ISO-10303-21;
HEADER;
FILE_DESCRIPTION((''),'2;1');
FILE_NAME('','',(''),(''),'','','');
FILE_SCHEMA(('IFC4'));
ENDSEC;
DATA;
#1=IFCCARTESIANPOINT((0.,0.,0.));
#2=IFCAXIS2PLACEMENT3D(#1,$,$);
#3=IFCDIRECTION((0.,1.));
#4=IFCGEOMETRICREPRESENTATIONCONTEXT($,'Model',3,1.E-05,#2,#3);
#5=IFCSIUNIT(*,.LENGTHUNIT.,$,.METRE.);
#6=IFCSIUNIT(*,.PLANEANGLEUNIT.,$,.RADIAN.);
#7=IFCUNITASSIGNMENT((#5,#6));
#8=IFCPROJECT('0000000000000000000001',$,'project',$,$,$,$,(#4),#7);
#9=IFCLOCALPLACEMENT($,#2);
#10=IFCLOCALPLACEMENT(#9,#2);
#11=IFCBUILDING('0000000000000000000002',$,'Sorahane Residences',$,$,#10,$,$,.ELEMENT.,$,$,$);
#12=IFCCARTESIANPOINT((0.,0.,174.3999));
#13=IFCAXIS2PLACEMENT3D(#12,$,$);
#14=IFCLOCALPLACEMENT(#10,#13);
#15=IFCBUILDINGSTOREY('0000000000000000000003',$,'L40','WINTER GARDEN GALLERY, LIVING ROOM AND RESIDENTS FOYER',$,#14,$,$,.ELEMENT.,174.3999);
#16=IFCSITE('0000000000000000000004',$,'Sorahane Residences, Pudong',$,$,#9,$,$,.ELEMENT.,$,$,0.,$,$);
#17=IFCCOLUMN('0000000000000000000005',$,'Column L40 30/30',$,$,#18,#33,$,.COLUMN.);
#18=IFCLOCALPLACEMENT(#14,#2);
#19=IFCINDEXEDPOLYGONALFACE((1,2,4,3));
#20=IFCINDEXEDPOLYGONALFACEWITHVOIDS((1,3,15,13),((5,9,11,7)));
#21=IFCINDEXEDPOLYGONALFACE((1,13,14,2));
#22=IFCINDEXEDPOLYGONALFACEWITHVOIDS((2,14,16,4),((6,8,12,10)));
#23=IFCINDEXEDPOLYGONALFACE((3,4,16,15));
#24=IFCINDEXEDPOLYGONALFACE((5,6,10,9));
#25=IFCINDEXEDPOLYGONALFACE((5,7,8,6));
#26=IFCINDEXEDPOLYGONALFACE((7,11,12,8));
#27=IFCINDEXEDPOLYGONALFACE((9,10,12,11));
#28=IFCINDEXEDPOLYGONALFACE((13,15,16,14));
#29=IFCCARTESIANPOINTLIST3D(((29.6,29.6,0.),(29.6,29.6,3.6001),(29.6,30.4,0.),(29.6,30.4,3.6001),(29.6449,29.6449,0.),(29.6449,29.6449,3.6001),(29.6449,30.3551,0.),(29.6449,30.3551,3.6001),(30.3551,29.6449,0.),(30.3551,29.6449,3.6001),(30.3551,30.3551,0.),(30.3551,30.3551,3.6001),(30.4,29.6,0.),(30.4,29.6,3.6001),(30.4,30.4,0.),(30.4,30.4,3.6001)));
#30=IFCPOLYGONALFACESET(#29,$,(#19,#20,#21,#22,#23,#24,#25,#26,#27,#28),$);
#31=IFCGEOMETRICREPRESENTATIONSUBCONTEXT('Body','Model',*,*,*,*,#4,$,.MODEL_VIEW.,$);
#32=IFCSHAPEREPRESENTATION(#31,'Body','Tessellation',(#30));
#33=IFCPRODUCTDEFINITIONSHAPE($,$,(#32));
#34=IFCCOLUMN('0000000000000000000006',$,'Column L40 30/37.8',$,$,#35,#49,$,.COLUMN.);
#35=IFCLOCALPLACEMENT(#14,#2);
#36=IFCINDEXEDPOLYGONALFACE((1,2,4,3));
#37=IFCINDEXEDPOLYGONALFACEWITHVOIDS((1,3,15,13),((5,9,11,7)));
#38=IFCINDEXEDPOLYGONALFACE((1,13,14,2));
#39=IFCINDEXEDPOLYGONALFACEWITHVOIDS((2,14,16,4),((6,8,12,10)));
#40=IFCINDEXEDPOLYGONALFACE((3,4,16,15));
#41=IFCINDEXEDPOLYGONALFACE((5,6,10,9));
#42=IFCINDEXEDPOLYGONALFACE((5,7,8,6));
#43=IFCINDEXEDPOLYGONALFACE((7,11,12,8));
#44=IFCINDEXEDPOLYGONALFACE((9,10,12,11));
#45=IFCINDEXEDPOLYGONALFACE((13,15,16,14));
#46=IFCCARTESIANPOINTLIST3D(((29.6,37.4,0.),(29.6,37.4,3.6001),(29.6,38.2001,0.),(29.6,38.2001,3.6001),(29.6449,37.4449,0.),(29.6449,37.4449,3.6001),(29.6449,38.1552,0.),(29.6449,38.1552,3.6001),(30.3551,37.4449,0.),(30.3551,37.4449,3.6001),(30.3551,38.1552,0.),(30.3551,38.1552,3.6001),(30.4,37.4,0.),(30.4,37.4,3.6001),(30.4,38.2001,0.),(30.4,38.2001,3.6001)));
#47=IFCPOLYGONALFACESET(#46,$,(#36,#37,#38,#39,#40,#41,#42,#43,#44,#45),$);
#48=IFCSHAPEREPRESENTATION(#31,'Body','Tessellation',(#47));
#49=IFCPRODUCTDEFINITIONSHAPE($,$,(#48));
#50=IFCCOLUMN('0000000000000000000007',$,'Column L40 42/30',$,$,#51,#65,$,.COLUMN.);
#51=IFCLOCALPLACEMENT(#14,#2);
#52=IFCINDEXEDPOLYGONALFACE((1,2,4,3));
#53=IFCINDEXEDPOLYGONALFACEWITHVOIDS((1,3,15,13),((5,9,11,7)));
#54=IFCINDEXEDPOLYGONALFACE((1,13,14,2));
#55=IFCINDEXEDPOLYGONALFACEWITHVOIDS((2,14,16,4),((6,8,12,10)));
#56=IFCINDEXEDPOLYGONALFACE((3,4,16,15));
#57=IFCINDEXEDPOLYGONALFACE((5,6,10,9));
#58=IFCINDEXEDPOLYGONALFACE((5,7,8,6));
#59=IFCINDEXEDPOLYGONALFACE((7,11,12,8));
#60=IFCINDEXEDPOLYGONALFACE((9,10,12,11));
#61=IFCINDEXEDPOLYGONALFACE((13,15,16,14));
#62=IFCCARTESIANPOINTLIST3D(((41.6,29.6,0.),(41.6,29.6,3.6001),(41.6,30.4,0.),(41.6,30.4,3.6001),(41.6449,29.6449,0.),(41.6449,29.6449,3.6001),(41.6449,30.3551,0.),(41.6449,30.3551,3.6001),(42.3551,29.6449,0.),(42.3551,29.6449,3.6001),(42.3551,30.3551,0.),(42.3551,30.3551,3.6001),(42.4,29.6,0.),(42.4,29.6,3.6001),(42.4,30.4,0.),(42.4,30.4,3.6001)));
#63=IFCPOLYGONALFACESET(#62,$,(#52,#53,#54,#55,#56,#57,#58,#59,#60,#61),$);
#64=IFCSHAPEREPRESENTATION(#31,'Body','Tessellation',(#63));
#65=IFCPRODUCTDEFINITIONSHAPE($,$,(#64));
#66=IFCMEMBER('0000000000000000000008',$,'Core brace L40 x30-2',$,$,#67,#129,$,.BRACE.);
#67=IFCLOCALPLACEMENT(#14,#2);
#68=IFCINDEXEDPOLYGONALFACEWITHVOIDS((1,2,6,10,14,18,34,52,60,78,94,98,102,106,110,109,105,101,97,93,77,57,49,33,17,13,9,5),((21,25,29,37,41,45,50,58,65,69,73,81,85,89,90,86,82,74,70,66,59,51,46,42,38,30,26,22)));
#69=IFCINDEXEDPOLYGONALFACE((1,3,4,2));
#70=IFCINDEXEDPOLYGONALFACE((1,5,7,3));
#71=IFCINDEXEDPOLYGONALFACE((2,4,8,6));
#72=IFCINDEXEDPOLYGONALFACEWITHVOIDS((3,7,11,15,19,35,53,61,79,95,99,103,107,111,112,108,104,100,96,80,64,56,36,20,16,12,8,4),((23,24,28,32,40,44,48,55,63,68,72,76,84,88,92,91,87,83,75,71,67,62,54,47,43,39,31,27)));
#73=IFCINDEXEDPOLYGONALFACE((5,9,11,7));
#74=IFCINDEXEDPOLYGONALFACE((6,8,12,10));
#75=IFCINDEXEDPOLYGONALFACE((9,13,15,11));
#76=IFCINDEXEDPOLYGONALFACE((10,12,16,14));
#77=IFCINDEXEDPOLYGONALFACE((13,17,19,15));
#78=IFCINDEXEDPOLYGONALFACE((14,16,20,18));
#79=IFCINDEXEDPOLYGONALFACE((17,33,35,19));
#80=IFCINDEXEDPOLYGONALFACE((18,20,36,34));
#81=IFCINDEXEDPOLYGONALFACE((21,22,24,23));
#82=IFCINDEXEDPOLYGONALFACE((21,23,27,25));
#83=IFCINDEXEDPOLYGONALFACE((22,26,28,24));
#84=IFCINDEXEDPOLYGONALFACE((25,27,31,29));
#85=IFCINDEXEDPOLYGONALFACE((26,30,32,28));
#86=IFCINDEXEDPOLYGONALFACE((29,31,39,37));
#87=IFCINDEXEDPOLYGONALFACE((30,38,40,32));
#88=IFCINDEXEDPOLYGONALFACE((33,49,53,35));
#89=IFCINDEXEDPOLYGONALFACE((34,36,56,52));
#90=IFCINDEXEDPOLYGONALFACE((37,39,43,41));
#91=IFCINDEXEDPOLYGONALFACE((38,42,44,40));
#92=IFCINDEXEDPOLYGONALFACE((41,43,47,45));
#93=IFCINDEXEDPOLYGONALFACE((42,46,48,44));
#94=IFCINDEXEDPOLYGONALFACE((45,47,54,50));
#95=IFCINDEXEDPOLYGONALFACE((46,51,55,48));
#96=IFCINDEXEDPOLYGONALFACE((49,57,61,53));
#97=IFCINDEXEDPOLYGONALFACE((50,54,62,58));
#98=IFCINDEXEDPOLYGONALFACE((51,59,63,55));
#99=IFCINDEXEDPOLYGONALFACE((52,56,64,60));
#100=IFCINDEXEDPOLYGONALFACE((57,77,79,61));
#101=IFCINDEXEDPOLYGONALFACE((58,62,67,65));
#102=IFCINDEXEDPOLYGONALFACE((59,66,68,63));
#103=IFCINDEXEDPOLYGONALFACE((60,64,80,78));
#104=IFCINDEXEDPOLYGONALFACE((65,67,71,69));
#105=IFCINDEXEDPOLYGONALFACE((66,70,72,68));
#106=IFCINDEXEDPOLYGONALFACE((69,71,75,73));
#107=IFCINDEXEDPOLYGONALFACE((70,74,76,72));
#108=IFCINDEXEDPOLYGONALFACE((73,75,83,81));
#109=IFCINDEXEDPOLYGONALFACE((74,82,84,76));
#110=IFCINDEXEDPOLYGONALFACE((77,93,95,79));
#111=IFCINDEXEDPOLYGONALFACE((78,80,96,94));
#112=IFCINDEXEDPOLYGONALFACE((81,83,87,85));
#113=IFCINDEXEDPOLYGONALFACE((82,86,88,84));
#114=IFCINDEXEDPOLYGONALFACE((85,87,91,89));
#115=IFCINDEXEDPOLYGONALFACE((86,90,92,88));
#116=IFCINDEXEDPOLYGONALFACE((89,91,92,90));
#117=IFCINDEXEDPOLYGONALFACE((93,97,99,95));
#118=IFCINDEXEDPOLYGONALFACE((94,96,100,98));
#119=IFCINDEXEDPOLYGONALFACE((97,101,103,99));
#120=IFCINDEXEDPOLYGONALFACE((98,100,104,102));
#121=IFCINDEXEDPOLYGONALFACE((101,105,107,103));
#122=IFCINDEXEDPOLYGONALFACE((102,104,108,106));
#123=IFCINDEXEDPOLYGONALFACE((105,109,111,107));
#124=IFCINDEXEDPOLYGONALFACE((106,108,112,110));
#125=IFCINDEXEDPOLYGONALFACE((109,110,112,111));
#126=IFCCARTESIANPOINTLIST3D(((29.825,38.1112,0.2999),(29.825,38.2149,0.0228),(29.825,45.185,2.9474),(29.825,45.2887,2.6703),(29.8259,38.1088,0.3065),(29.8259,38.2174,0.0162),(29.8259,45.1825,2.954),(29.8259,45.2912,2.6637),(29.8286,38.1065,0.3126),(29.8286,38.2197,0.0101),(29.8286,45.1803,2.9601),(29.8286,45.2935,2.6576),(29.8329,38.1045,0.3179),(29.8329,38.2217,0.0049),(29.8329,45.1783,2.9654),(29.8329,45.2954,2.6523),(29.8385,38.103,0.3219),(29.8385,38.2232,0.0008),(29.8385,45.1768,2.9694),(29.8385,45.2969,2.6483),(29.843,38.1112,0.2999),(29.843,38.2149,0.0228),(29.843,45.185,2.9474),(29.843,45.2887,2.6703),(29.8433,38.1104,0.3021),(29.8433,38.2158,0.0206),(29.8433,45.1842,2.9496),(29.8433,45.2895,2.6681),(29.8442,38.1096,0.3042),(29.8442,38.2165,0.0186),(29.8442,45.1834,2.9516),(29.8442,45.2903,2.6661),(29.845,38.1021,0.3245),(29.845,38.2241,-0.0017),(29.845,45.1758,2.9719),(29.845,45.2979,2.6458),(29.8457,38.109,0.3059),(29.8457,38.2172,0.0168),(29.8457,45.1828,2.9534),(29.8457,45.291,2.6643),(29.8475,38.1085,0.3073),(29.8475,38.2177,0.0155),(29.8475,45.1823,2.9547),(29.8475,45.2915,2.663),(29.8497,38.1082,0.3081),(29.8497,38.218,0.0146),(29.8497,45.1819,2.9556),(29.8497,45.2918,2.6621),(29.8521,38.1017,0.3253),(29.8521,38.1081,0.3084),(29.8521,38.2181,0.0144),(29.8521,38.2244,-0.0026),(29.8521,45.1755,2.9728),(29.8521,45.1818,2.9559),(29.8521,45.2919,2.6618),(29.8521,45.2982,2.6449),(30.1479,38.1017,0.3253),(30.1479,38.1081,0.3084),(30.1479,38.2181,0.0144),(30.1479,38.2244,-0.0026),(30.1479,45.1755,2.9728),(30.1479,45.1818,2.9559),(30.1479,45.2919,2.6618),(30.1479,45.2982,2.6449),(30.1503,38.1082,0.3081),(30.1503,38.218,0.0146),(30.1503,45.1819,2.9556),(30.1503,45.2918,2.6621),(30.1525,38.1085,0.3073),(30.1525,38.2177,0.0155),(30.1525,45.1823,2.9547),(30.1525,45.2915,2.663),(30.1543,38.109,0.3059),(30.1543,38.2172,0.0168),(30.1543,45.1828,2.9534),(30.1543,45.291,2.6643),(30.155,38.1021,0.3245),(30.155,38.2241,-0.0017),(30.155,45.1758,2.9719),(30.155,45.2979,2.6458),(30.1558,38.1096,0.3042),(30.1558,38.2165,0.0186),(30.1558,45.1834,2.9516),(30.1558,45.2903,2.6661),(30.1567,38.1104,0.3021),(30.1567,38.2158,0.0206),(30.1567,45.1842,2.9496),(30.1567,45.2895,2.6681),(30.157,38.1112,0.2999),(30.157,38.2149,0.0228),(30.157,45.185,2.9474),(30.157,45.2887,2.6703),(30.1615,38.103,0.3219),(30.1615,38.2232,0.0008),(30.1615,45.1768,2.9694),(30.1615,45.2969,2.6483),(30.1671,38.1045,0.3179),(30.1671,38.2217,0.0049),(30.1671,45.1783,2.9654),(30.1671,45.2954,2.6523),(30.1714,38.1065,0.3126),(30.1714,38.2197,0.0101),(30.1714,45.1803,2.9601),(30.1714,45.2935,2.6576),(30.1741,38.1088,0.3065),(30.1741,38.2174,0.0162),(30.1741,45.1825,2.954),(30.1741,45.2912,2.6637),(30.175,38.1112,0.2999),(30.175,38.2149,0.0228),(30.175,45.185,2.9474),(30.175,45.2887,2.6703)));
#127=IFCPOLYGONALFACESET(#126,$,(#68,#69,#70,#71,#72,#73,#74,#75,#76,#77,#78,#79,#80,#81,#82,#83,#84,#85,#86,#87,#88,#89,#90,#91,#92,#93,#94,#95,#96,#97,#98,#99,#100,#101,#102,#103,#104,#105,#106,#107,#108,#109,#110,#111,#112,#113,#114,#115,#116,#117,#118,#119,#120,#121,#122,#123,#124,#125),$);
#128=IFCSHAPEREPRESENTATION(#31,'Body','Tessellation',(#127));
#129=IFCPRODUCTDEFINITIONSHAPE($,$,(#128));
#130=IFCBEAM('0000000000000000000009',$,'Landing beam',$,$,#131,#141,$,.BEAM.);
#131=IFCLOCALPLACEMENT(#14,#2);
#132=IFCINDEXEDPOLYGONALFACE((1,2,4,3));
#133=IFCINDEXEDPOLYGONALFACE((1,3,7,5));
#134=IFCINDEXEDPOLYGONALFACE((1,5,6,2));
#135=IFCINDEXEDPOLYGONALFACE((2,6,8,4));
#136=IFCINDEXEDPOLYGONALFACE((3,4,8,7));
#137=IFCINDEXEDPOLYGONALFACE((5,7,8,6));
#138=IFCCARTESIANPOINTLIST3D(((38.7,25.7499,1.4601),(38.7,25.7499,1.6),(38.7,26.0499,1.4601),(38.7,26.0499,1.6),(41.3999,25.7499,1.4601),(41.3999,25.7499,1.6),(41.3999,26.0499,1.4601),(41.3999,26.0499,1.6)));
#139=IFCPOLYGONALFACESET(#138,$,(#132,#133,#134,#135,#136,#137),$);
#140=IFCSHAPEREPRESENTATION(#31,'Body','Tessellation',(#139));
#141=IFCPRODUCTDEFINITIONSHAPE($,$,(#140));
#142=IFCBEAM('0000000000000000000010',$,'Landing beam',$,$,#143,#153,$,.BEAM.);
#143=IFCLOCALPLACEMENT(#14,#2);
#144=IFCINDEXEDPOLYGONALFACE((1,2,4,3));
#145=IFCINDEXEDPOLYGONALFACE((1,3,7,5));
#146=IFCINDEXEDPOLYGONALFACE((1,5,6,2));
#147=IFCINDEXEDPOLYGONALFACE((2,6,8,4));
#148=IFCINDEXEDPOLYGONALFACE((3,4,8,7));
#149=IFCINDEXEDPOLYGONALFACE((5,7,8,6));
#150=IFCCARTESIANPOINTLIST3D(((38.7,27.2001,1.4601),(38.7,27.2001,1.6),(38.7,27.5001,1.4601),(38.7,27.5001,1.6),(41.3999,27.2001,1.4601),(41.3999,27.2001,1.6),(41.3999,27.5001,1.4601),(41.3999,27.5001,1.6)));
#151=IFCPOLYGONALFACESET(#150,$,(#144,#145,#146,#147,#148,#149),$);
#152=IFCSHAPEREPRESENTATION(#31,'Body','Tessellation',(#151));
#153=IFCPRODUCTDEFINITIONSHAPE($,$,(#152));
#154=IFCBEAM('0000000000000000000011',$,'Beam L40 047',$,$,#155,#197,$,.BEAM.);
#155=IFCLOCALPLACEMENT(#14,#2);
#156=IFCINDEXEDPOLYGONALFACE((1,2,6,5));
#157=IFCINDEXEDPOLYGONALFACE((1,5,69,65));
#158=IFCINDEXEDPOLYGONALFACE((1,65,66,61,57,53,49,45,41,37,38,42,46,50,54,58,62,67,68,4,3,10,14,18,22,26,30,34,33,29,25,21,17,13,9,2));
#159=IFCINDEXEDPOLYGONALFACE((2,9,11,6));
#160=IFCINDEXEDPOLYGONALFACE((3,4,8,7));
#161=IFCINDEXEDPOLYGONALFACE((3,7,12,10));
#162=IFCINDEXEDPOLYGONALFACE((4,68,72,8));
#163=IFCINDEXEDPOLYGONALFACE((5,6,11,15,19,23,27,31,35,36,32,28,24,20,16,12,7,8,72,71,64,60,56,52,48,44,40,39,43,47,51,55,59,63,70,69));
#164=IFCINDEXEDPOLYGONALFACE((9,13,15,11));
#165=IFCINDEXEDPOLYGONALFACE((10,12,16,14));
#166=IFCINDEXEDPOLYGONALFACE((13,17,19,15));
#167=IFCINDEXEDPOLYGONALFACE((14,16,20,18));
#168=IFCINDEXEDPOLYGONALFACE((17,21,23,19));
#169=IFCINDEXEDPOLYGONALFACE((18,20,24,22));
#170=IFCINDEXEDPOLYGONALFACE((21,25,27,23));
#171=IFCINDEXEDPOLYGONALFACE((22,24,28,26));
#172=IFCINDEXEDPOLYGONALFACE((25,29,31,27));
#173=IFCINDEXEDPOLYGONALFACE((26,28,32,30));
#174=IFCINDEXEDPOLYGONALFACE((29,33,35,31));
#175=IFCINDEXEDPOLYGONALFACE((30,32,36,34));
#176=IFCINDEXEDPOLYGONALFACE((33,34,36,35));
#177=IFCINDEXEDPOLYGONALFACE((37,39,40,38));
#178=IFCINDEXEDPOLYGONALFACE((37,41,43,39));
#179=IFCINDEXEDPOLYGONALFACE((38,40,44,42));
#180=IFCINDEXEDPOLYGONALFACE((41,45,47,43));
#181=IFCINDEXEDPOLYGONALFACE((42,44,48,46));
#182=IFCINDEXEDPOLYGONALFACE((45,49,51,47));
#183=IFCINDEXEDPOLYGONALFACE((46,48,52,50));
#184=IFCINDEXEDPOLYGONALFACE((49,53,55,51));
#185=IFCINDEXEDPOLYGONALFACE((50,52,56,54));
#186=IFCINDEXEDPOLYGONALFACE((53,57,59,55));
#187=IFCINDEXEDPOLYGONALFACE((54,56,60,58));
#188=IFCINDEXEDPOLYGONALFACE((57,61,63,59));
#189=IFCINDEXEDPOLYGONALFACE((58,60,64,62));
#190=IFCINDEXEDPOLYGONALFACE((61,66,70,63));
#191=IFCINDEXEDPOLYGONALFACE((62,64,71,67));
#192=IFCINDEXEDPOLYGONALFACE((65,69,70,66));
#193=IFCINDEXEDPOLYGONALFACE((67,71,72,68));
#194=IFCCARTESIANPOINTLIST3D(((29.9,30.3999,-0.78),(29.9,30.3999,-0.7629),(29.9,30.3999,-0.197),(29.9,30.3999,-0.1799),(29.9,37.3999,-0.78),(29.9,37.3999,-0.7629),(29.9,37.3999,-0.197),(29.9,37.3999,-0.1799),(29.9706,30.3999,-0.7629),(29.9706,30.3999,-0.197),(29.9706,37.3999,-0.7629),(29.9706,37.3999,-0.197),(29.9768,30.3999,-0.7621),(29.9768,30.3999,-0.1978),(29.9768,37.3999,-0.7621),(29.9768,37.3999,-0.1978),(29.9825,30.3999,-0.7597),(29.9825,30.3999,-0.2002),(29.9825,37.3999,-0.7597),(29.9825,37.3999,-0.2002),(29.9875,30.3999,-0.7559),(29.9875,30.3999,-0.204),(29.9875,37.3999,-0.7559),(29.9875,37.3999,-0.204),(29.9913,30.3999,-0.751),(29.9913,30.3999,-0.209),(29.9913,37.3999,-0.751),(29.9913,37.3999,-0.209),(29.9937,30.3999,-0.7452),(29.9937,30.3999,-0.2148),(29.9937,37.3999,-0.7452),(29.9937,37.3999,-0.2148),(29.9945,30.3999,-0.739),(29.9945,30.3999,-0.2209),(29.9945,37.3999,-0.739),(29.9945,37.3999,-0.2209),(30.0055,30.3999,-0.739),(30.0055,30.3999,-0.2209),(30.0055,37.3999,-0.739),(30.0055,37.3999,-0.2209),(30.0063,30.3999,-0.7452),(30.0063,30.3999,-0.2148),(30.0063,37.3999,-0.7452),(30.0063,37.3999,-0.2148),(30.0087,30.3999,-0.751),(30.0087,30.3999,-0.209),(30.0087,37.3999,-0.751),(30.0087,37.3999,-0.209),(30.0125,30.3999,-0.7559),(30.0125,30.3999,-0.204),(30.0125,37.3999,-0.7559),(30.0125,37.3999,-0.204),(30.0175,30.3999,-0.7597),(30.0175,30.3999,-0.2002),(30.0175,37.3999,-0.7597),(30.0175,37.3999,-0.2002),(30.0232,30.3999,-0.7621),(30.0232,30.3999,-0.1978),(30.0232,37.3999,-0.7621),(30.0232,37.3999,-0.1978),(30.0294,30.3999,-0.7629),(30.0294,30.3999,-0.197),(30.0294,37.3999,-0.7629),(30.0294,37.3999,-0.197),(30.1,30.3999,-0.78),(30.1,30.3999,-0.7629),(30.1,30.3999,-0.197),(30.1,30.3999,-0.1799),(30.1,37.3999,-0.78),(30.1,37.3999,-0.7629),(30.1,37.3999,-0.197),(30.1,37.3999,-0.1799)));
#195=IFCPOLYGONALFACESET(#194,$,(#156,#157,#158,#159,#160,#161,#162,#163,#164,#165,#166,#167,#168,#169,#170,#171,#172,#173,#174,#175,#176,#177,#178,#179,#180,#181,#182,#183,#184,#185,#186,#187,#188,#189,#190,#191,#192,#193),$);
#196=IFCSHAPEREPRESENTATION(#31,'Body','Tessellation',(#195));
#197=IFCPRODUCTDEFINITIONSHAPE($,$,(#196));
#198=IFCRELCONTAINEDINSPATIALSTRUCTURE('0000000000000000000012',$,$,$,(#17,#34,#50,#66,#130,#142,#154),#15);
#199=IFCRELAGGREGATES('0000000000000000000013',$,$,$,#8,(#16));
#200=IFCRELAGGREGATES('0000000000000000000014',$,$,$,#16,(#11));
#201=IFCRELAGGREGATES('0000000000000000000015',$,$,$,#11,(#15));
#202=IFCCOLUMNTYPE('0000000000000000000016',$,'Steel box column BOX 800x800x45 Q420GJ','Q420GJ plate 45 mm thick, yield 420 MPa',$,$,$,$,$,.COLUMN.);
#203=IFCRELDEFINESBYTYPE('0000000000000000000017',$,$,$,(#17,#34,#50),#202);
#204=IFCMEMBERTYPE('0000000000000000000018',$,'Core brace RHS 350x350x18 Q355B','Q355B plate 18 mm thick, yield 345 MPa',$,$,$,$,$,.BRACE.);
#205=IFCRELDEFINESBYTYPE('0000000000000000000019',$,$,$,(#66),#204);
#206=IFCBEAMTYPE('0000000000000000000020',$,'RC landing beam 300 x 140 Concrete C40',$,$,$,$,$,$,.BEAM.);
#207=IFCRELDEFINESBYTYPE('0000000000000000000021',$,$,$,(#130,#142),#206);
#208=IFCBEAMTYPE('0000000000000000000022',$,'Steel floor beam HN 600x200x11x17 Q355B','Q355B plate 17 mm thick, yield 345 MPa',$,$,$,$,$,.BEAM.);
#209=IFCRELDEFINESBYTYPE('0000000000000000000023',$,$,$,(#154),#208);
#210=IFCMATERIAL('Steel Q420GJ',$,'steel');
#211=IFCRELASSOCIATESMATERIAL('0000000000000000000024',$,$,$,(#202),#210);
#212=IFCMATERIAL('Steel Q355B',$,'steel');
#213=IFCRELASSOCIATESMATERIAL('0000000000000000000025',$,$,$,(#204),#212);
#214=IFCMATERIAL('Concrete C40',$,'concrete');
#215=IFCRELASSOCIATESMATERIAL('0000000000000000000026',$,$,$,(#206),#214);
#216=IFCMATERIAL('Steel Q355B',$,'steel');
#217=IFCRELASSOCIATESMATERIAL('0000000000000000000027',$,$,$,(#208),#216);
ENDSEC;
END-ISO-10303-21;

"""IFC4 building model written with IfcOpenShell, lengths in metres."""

from ifc_helpers import new_model, si_unit, direction, frame, origin, origin_2d, place, context, subcontext, project, spatial, rectangle, hollow_rectangle, i_section, extrude, material, material_profile, profile_set, type_object, element, save


model = new_model("IFC4")

# Units and contexts
model_context = context("Model", 3, precision=1e-05, world=origin(), true_north=direction((0.0, 1.0)))
body_context = subcontext(model_context, "Body", "Model", "MODEL_VIEW")
ifc_project = project(units=[si_unit("LENGTHUNIT", "METRE"), si_unit("PLANEANGLEUNIT", "RADIAN")], contexts=[model_context])

# Site, building, storey
site_placement = place(None, origin())
site = spatial("IfcSite", under=ifc_project, at=site_placement, Name="Sorahane Residences, Pudong", CompositionType="ELEMENT", RefElevation=0.0)
building_placement = place(site_placement, origin())
building = spatial("IfcBuilding", under=site, at=building_placement, Name="Sorahane Residences", CompositionType="ELEMENT")
storey_placement = place(building_placement, frame((0.0, 0.0, 174.3999)))
storey = spatial("IfcBuildingStorey", under=building, at=storey_placement, Name="L40", Description="WINTER GARDEN GALLERY, LIVING ROOM AND RESIDENTS FOYER", CompositionType="ELEMENT", Elevation=174.3999)

# Columns
ifc_material_1 = material(Name="Steel Q420GJ", Category="steel")
ifc_material_profile_1 = material_profile(ifc_material_1, hollow_rectangle(XDim=0.8, YDim=0.8, WallThickness=0.0449, at=origin_2d()), Name="BOX 800x800x45")
ifc_profile_set_1 = profile_set([ifc_material_profile_1], Name="Steel Q420GJ")
column_type = type_object("IfcColumnType", Name="Steel box column BOX 800x800x45 Q420GJ", Description="Q420GJ plate 45 mm thick, yield 420 MPa", PredefinedType="COLUMN", material=ifc_profile_set_1)
for number, where, z_axis, x_axis, name in (
    (1, (30.0, 30.0, 0.0), (0.0, 0.0, 1.0), (1.0, 0.0, 0.0), "Column L40 30/30"),
    (2, (30.0, 37.8, 0.0), (0.0, 0.0, 1.0), (1.0, 0.0, 0.0), "Column L40 30/37.8"),
    (3, (42.0, 30.0, 0.0), (0.0, 0.0, 1.0), (1.0, 0.0, 0.0), "Column L40 42/30"),
):
    element("IfcColumn", number, at=place(storey_placement, frame(where, z_axis=z_axis, x_axis=x_axis)), inside=storey, type_object=column_type, Name=name, PredefinedType="COLUMN", context=body_context, shape_type="SweptSolid", body=[
        extrude(hollow_rectangle(XDim=0.8, YDim=0.8, WallThickness=0.0449, at=origin_2d()), origin(), (0.0, 0.0, 1.0), 3.6001),
    ])

# Member
ifc_material_2 = material(Name="Steel Q355B", Category="steel")
ifc_material_profile_2 = material_profile(ifc_material_2, hollow_rectangle(XDim=0.3501, YDim=0.3501, WallThickness=0.0181, InnerFilletRadius=0.009, OuterFilletRadius=0.0271, at=origin_2d()), Name="RHS 350x350x18")
ifc_profile_set_2 = profile_set([ifc_material_profile_2], Name="Steel Q355B")
member_type = type_object("IfcMemberType", Name="Core brace RHS 350x350x18 Q355B", Description="Q355B plate 18 mm thick, yield 345 MPa", PredefinedType="BRACE", material=ifc_profile_set_2)
member_placement = place(storey_placement, frame((30.0, 38.1631, 0.1614), z_axis=(0.0, 0.936555, 0.350521), x_axis=(-1.0, 0.0, 0.0)))
element("IfcMember", 4, at=member_placement, inside=storey, type_object=member_type, Name="Core brace L40 x30-2", PredefinedType="BRACE", context=body_context, shape_type="SweptSolid", body=[
    extrude(hollow_rectangle(XDim=0.3501, YDim=0.3501, WallThickness=0.0181, InnerFilletRadius=0.009, OuterFilletRadius=0.0271, at=origin_2d()), origin(), (0.0, 0.0, 1.0), 7.553),
])

# Beams
ifc_material_3 = material(Name="Concrete C40", Category="concrete")
ifc_material_profile_3 = material_profile(ifc_material_3, rectangle(XDim=0.3, YDim=0.1399, at=origin_2d()), Name="300x140")
ifc_profile_set_3 = profile_set([ifc_material_profile_3], Name="Concrete C40")
beam_type_1 = type_object("IfcBeamType", Name="RC landing beam 300 x 140 Concrete C40", PredefinedType="BEAM", material=ifc_profile_set_3)
for number, where, z_axis, x_axis, name in (
    (5, (38.7, 25.8999, 1.53), (1.0, 0.0, 0.0), (0.0, 1.0, 0.0), "Landing beam"),
    (6, (38.7, 27.3501, 1.53), (1.0, 0.0, 0.0), (0.0, 1.0, 0.0), "Landing beam"),
):
    element("IfcBeam", number, at=place(storey_placement, frame(where, z_axis=z_axis, x_axis=x_axis)), inside=storey, type_object=beam_type_1, Name=name, PredefinedType="BEAM", context=body_context, shape_type="SweptSolid", body=[
        extrude(rectangle(XDim=0.3, YDim=0.1399, at=origin_2d()), origin(), (0.0, 0.0, 1.0), 2.7),
    ])
ifc_material_4 = material(Name="Steel Q355B", Category="steel")
ifc_material_profile_4 = material_profile(ifc_material_4, i_section(OverallWidth=0.2, OverallDepth=0.6001, WebThickness=0.011, FlangeThickness=0.0171, FilletRadius=0.0239, at=origin_2d()), Name="HN 600x200x11x17")
ifc_profile_set_4 = profile_set([ifc_material_profile_4], Name="Steel Q355B")
beam_type_2 = type_object("IfcBeamType", Name="Steel floor beam HN 600x200x11x17 Q355B", Description="Q355B plate 17 mm thick, yield 345 MPa", PredefinedType="BEAM", material=ifc_profile_set_4)
for number, where, z_axis, x_axis, name in (
    (7, (30.0, 30.3999, -0.48), (0.0, 1.0, 0.0), (-1.0, 0.0, 0.0), "Beam L40 047"),
):
    element("IfcBeam", number, at=place(storey_placement, frame(where, z_axis=z_axis, x_axis=x_axis)), inside=storey, type_object=beam_type_2, Name=name, PredefinedType="BEAM", context=body_context, shape_type="SweptSolid", body=[
        extrude(i_section(OverallWidth=0.2, OverallDepth=0.6001, WebThickness=0.011, FlangeThickness=0.0171, FilletRadius=0.0239, at=origin_2d()), origin(), (0.0, 0.0, 1.0), 7.0),
    ])

save(model, "model.ifc")
